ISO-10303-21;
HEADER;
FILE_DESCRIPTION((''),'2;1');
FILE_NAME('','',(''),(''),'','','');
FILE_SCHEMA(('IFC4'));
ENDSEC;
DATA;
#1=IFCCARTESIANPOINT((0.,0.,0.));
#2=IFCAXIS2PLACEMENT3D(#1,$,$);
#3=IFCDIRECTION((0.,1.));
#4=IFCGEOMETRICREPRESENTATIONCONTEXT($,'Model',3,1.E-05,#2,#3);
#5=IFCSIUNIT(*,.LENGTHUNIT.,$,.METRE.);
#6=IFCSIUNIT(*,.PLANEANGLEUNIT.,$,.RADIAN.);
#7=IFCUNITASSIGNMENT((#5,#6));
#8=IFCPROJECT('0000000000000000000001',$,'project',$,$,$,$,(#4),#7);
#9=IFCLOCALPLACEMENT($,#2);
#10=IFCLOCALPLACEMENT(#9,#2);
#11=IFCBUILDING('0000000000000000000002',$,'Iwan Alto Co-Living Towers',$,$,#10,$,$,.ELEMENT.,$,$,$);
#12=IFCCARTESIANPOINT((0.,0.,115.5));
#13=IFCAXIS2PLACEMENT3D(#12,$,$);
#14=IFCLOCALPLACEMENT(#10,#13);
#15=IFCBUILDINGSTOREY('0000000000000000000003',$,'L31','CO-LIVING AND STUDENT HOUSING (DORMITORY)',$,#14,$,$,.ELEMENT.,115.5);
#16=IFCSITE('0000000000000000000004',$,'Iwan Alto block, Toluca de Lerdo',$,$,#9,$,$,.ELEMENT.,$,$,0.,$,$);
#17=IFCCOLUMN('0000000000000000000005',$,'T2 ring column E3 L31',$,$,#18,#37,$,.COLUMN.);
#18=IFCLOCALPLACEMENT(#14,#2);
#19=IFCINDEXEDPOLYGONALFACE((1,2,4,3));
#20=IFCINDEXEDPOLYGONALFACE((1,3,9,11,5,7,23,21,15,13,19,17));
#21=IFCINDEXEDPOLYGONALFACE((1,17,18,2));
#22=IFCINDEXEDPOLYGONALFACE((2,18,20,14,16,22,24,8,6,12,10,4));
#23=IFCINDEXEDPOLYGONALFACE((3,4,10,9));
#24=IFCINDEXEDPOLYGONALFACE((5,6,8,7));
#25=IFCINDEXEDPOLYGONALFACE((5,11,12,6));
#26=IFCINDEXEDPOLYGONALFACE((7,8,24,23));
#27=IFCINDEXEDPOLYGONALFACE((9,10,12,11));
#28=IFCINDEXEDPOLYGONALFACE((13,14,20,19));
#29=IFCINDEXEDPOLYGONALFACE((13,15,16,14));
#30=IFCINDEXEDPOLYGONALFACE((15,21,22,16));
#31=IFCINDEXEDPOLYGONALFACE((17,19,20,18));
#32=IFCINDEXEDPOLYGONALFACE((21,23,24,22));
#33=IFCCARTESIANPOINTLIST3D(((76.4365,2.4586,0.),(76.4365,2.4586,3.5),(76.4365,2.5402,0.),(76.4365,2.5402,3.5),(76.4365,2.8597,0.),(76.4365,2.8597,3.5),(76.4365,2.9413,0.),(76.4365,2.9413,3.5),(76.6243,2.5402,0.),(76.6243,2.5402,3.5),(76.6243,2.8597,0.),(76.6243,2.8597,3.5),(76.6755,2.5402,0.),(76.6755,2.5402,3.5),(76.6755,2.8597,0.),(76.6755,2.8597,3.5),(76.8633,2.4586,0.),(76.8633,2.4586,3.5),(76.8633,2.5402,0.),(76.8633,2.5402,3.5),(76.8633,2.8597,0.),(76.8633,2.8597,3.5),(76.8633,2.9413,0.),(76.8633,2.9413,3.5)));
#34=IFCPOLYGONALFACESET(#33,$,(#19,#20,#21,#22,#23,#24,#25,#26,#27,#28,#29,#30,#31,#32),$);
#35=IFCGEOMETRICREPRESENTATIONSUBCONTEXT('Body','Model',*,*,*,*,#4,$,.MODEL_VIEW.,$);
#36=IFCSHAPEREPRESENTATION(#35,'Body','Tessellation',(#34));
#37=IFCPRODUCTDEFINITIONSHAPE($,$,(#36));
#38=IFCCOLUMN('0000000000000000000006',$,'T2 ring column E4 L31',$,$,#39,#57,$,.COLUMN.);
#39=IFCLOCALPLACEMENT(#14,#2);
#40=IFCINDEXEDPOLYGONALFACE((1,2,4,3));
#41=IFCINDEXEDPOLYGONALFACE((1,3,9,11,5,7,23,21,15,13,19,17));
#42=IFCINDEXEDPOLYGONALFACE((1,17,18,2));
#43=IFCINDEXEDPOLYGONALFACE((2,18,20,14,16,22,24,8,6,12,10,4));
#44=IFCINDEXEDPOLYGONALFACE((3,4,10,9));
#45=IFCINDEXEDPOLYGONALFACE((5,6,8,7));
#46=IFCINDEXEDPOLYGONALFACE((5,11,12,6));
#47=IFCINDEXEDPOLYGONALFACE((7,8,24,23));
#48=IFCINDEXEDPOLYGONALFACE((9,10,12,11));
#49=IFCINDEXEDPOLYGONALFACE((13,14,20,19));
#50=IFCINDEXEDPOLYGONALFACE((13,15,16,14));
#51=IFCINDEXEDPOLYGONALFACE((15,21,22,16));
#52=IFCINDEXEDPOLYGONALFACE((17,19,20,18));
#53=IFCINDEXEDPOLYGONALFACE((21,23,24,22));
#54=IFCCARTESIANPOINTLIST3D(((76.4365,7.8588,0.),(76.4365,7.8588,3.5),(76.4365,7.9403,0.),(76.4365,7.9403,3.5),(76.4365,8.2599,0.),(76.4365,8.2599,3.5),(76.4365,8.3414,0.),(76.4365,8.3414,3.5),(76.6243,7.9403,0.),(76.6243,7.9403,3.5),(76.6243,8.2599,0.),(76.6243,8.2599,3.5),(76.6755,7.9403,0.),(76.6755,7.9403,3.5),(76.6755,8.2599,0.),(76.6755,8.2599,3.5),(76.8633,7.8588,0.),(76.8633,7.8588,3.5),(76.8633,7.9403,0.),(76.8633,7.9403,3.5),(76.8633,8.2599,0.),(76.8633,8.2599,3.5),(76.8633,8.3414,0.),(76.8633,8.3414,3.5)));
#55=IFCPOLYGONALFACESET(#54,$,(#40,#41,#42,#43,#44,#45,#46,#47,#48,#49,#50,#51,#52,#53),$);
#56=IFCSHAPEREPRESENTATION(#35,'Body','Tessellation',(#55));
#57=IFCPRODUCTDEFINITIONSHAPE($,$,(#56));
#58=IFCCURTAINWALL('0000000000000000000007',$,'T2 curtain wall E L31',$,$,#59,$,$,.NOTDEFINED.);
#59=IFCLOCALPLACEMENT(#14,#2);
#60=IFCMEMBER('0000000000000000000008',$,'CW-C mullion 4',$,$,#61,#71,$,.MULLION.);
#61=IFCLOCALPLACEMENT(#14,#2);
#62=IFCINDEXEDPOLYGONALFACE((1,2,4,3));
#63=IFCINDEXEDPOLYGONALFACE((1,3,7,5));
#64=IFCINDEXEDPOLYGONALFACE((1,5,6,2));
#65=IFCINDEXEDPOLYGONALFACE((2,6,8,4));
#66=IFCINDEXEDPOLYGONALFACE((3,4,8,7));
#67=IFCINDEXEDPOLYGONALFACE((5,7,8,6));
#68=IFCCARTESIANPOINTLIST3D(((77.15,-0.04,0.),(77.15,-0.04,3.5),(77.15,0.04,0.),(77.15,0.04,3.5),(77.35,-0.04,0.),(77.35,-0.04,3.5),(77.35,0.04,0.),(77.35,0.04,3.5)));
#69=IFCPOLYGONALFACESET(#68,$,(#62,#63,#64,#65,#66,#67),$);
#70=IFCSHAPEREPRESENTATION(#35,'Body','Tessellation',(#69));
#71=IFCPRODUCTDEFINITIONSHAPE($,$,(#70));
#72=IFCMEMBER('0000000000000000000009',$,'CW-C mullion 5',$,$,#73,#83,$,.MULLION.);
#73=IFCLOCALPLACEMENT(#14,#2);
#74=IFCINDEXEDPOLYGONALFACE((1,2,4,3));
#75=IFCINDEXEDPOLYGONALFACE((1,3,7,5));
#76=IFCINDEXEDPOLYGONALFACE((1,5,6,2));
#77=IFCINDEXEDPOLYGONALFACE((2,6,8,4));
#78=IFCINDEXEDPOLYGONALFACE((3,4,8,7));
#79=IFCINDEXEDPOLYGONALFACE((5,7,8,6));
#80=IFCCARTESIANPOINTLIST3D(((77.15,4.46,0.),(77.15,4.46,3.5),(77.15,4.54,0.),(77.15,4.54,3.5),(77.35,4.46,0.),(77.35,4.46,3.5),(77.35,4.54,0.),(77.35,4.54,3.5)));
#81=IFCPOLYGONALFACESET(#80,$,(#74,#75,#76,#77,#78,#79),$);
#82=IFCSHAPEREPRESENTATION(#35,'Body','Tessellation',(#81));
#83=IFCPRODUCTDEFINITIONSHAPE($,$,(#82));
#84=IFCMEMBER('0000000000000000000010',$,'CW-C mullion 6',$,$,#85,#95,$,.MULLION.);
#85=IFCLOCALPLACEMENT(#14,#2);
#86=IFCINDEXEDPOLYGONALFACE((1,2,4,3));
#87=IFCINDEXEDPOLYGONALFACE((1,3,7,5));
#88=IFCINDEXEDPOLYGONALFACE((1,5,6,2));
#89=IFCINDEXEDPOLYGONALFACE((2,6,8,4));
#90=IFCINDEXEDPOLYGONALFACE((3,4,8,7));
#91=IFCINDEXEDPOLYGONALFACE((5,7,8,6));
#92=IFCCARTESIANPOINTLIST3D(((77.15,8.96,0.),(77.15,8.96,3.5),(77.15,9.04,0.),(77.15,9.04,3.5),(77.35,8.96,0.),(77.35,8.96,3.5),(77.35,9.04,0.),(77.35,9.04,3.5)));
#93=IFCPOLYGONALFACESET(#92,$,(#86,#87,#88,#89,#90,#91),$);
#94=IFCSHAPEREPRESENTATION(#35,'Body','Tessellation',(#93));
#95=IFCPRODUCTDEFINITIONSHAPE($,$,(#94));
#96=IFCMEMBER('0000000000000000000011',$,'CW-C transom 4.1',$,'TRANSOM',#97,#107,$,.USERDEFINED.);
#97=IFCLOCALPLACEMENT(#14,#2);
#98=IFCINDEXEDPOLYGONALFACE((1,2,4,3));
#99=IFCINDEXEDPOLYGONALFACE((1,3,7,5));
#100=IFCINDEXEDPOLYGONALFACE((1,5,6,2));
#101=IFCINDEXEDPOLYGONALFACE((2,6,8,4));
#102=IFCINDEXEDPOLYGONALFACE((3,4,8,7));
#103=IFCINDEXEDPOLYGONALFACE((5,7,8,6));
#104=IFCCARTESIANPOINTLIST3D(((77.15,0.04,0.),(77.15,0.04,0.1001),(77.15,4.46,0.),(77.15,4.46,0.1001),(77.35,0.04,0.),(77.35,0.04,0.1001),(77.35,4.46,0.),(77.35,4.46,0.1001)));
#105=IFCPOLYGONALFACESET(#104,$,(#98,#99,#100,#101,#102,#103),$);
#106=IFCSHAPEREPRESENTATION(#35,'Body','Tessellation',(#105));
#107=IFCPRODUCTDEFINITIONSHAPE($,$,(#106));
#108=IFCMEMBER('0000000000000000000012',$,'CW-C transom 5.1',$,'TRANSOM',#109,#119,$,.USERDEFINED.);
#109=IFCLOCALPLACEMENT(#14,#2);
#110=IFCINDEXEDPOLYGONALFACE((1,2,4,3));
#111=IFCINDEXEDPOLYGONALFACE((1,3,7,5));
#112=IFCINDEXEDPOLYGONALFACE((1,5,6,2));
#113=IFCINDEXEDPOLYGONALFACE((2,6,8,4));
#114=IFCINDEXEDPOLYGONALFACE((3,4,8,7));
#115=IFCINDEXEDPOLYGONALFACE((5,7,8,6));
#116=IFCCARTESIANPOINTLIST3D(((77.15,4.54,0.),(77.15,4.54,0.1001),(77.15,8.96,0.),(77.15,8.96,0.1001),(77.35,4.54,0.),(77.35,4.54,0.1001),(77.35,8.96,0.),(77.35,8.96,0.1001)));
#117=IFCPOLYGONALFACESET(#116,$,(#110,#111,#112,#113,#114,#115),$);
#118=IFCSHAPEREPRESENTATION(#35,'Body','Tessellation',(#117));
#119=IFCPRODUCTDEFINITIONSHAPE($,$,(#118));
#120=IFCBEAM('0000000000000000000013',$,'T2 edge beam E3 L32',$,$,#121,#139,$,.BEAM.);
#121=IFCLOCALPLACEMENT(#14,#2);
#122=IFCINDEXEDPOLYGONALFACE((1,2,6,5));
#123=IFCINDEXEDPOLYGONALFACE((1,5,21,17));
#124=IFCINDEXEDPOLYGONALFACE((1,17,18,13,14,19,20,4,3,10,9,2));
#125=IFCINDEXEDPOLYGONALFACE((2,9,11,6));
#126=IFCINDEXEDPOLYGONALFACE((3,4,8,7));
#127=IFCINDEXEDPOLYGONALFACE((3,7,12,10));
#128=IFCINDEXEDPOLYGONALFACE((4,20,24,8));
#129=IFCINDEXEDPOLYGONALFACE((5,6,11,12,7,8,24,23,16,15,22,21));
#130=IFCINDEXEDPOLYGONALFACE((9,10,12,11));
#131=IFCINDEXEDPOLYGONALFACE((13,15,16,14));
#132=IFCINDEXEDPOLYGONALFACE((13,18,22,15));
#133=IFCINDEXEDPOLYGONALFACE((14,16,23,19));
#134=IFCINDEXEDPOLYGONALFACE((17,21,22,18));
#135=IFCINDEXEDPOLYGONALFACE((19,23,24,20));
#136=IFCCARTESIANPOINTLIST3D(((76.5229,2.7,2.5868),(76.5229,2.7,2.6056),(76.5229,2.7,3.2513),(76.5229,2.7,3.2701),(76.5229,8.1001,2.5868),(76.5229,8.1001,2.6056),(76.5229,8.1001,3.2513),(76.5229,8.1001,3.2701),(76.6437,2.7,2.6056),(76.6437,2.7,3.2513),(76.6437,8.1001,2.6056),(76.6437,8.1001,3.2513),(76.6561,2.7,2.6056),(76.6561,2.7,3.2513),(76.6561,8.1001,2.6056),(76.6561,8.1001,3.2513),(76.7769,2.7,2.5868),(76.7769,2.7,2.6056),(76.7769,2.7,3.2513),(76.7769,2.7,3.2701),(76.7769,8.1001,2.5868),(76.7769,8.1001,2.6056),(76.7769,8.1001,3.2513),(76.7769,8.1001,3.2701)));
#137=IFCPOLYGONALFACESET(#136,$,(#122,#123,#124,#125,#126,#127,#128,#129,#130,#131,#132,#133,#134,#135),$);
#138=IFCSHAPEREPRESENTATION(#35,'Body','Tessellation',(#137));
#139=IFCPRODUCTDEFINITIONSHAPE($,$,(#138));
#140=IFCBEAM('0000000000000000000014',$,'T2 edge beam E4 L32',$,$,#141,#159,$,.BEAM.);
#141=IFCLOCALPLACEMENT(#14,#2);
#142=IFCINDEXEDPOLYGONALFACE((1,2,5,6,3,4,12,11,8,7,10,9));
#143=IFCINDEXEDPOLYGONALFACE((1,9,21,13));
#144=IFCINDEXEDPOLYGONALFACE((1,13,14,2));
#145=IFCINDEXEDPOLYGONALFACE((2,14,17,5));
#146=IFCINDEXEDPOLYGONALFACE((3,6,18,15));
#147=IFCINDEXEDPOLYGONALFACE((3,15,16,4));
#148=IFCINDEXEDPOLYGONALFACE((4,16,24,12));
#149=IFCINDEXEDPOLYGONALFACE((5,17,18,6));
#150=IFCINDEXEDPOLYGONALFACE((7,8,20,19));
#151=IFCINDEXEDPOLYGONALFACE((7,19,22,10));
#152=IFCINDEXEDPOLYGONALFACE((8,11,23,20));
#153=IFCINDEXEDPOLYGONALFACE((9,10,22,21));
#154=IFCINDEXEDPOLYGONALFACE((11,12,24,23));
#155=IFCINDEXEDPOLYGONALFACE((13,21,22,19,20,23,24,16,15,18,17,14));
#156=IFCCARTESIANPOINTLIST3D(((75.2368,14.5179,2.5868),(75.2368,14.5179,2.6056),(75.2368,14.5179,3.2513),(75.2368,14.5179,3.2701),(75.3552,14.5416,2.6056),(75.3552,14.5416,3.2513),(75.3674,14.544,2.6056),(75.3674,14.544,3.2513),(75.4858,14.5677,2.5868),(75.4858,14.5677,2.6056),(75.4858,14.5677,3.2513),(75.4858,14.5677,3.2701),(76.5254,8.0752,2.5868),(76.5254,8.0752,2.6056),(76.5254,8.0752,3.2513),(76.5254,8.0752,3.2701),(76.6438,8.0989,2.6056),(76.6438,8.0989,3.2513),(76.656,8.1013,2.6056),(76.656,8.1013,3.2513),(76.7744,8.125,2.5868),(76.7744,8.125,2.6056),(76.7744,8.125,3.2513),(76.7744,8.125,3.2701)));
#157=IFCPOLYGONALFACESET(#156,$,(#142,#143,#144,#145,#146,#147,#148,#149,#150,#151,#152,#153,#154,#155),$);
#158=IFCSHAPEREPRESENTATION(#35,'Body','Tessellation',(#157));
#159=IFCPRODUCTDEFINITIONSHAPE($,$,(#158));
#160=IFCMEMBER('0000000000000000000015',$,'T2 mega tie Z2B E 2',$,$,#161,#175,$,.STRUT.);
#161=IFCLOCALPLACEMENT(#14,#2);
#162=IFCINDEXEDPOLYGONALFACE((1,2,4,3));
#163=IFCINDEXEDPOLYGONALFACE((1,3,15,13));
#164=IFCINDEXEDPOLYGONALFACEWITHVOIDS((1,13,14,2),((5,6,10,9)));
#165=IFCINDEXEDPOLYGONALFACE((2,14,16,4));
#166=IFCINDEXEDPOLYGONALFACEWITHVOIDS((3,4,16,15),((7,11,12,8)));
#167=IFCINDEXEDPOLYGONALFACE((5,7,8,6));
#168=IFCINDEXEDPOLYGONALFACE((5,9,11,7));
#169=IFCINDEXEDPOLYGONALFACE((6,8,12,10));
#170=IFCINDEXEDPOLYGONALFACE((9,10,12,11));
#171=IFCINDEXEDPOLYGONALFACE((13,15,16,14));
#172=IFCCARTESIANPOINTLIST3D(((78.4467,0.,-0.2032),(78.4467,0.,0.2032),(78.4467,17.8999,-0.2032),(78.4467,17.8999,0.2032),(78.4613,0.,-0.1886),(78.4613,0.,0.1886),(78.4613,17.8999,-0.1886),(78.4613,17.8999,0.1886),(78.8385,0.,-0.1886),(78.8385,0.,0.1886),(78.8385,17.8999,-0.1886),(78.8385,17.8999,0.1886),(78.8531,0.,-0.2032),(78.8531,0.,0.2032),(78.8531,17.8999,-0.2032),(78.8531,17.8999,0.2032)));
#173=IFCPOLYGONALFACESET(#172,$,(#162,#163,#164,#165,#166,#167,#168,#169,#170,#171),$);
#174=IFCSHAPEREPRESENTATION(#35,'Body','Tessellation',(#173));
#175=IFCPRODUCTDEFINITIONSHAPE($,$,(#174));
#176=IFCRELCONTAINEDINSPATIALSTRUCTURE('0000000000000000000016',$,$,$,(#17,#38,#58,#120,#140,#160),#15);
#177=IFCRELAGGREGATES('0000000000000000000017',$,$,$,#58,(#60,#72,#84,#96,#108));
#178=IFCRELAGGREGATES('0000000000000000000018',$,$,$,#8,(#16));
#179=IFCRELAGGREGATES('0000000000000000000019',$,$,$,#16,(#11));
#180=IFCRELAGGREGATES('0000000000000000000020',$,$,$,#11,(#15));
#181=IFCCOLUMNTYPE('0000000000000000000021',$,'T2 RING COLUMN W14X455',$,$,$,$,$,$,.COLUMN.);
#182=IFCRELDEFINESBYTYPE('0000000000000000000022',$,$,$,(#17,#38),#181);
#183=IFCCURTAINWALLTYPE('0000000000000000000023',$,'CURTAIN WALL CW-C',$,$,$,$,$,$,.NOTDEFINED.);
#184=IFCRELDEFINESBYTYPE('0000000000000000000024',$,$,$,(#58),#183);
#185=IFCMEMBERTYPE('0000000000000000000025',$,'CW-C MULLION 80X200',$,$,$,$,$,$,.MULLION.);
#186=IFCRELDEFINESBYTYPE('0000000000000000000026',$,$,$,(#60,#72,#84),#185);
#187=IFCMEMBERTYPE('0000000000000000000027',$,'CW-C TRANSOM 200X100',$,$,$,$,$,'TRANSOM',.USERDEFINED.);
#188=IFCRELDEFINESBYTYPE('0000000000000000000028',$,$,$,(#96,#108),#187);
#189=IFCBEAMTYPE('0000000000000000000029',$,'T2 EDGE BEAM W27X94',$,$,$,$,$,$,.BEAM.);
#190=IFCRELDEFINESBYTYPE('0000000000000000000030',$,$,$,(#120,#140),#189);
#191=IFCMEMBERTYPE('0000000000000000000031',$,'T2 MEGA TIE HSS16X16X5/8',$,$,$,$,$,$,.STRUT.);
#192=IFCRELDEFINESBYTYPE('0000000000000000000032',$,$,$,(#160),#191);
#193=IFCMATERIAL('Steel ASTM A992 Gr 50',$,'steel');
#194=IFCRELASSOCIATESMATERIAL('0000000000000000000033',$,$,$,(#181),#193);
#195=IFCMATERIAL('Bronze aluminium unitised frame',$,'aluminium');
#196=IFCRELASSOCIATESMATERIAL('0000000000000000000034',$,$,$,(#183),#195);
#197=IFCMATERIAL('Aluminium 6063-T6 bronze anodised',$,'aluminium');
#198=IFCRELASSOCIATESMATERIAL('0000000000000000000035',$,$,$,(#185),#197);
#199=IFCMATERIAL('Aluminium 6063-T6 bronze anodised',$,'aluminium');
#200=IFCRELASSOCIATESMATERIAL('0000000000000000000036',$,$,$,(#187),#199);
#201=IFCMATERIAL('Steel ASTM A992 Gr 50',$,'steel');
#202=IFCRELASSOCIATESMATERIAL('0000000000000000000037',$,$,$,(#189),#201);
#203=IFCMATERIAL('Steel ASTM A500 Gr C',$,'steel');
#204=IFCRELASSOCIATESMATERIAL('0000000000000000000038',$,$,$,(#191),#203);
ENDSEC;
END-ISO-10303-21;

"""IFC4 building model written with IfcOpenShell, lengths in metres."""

from ifc_helpers import new_model, si_unit, direction, frame, origin, origin_2d, place, context, subcontext, project, spatial, rectangle, hollow_rectangle, i_section, extrude, material, material_profile, profile_set, type_object, element, aggregate, save


model = new_model("IFC4")

# Units and contexts
model_context = context("Model", 3, precision=1e-05, world=origin(), true_north=direction((0.0, 1.0)))
body_context = subcontext(model_context, "Body", "Model", "MODEL_VIEW")
ifc_project = project(units=[si_unit("LENGTHUNIT", "METRE"), si_unit("PLANEANGLEUNIT", "RADIAN")], contexts=[model_context])

# Site, building, storey
site_placement = place(None, origin())
site = spatial("IfcSite", under=ifc_project, at=site_placement, Name="Iwan Alto block, Toluca de Lerdo", CompositionType="ELEMENT", RefElevation=0.0)
building_placement = place(site_placement, origin())
building = spatial("IfcBuilding", under=site, at=building_placement, Name="Iwan Alto Co-Living Towers", CompositionType="ELEMENT")
storey_placement = place(building_placement, frame((0.0, 0.0, 115.5)))
storey = spatial("IfcBuildingStorey", under=building, at=storey_placement, Name="L31", Description="CO-LIVING AND STUDENT HOUSING (DORMITORY)", CompositionType="ELEMENT", Elevation=115.5)

# Columns
ifc_material_1 = material(Name="Steel ASTM A992 Gr 50", Category="steel")
ifc_material_profile_1 = material_profile(ifc_material_1, i_section(OverallWidth=0.4268, OverallDepth=0.4827, WebThickness=0.0513, FlangeThickness=0.0815, at=origin_2d()), Name="W14X455")
ifc_profile_set_1 = profile_set([ifc_material_profile_1], Name="Steel ASTM A992 Gr 50")
column_type = type_object("IfcColumnType", Name="T2 RING COLUMN W14X455", PredefinedType="COLUMN", material=ifc_profile_set_1)
for number, where, z_axis, x_axis, name in (
    (1, (76.6499, 2.7, 0.0), (0.0, 0.0, 1.0), (1.0, 0.0, 0.0), "T2 ring column E3 L31"),
    (2, (76.6499, 8.1001, 0.0), (0.0, 0.0, 1.0), (1.0, 0.0, 0.0), "T2 ring column E4 L31"),
):
    element("IfcColumn", number, at=place(storey_placement, frame(where, z_axis=z_axis, x_axis=x_axis)), inside=storey, type_object=column_type, Name=name, PredefinedType="COLUMN", context=body_context, shape_type="SweptSolid", body=[
        extrude(i_section(OverallWidth=0.4268, OverallDepth=0.4827, WebThickness=0.0513, FlangeThickness=0.0815, at=origin_2d()), origin(), (0.0, 0.0, 1.0), 3.5),
    ])

# Curtain wall, members
ifc_material_2 = material(Name="Bronze aluminium unitised frame", Category="aluminium")
curtain_wall_type = type_object("IfcCurtainWallType", Name="CURTAIN WALL CW-C", PredefinedType="NOTDEFINED", material=ifc_material_2)
curtain_wall_placement = place(storey_placement, origin())
curtain_wall = element("IfcCurtainWall", 3, at=curtain_wall_placement, inside=storey, type_object=curtain_wall_type, Name="T2 curtain wall E L31", PredefinedType="NOTDEFINED")
ifc_material_3 = material(Name="Aluminium 6063-T6 bronze anodised", Category="aluminium")
ifc_material_profile_2 = material_profile(ifc_material_3, rectangle(XDim=0.2, YDim=0.0801, at=origin_2d()), Name="AL 80X200")
ifc_profile_set_2 = profile_set([ifc_material_profile_2], Name="Aluminium 6063-T6 bronze anodised")
member_type_1 = type_object("IfcMemberType", Name="CW-C MULLION 80X200", PredefinedType="MULLION", material=ifc_profile_set_2)
member_1_placement = place(storey_placement, frame((77.25, 0.0, 0.0), z_axis=(0.0, 0.0, 1.0), x_axis=(-1.0, 0.0, 0.0)))
member_1 = element("IfcMember", 4, at=member_1_placement, type_object=member_type_1, Name="CW-C mullion 4", PredefinedType="MULLION", context=body_context, shape_type="SweptSolid", body=[
    extrude(rectangle(XDim=0.2, YDim=0.0801, at=origin_2d()), origin(), (0.0, 0.0, 1.0), 3.5),
])
member_2_placement = place(storey_placement, frame((77.25, 4.5, 0.0), z_axis=(0.0, 0.0, 1.0), x_axis=(-1.0, 0.0, 0.0)))
member_2 = element("IfcMember", 5, at=member_2_placement, type_object=member_type_1, Name="CW-C mullion 5", PredefinedType="MULLION", context=body_context, shape_type="SweptSolid", body=[
    extrude(rectangle(XDim=0.2, YDim=0.0801, at=origin_2d()), origin(), (0.0, 0.0, 1.0), 3.5),
])
member_3_placement = place(storey_placement, frame((77.25, 9.0, 0.0), z_axis=(0.0, 0.0, 1.0), x_axis=(-1.0, 0.0, 0.0)))
member_3 = element("IfcMember", 6, at=member_3_placement, type_object=member_type_1, Name="CW-C mullion 6", PredefinedType="MULLION", context=body_context, shape_type="SweptSolid", body=[
    extrude(rectangle(XDim=0.2, YDim=0.0801, at=origin_2d()), origin(), (0.0, 0.0, 1.0), 3.5),
])
ifc_material_4 = material(Name="Aluminium 6063-T6 bronze anodised", Category="aluminium")
ifc_material_profile_3 = material_profile(ifc_material_4, rectangle(XDim=0.2, YDim=0.1001, at=origin_2d()), Name="AL 200X100")
ifc_profile_set_3 = profile_set([ifc_material_profile_3], Name="Aluminium 6063-T6 bronze anodised")
member_type_2 = type_object("IfcMemberType", Name="CW-C TRANSOM 200X100", ElementType="TRANSOM", PredefinedType="USERDEFINED", material=ifc_profile_set_3)
member_4_placement = place(storey_placement, frame((77.25, 0.04, 0.05), z_axis=(0.0, 1.0, 0.0), x_axis=(-1.0, 0.0, 0.0)))
member_4 = element("IfcMember", 7, at=member_4_placement, type_object=member_type_2, Name="CW-C transom 4.1", ObjectType="TRANSOM", PredefinedType="USERDEFINED", context=body_context, shape_type="SweptSolid", body=[
    extrude(rectangle(XDim=0.2, YDim=0.1001, at=origin_2d()), origin(), (0.0, 0.0, 1.0), 4.4199),
])
member_5_placement = place(storey_placement, frame((77.25, 4.54, 0.05), z_axis=(0.0, 1.0, 0.0), x_axis=(-1.0, 0.0, 0.0)))
member_5 = element("IfcMember", 8, at=member_5_placement, type_object=member_type_2, Name="CW-C transom 5.1", ObjectType="TRANSOM", PredefinedType="USERDEFINED", context=body_context, shape_type="SweptSolid", body=[
    extrude(rectangle(XDim=0.2, YDim=0.1001, at=origin_2d()), origin(), (0.0, 0.0, 1.0), 4.4199),
])

# Beams
ifc_material_5 = material(Name="Steel ASTM A992 Gr 50", Category="steel")
ifc_material_profile_4 = material_profile(ifc_material_5, i_section(OverallWidth=0.2539, OverallDepth=0.6833, WebThickness=0.0125, FlangeThickness=0.0188, at=origin_2d()), Name="W27X94")
ifc_profile_set_4 = profile_set([ifc_material_profile_4], Name="Steel ASTM A992 Gr 50")
beam_type_1 = type_object("IfcBeamType", Name="T2 EDGE BEAM W27X94", PredefinedType="BEAM", material=ifc_profile_set_4)
beam_1_placement = place(storey_placement, frame((76.6499, 2.7, 2.9285), z_axis=(0.0, 1.0, 0.0), x_axis=(-1.0, 0.0, 0.0)))
element("IfcBeam", 9, at=beam_1_placement, inside=storey, type_object=beam_type_1, Name="T2 edge beam E3 L32", PredefinedType="BEAM", context=body_context, shape_type="SweptSolid", body=[
    extrude(i_section(OverallWidth=0.2539, OverallDepth=0.6833, WebThickness=0.0125, FlangeThickness=0.0188, at=origin_2d()), origin(), (0.0, 0.0, 1.0), 5.4001),
])
beam_2_placement = place(storey_placement, frame((76.6499, 8.1001, 2.9285), z_axis=(-0.196123, 0.980579, 0.0), x_axis=(-0.980579, -0.196123, 0.0)))
element("IfcBeam", 10, at=beam_2_placement, inside=storey, type_object=beam_type_1, Name="T2 edge beam E4 L32", PredefinedType="BEAM", context=body_context, shape_type="SweptSolid", body=[
    extrude(i_section(OverallWidth=0.2539, OverallDepth=0.6833, WebThickness=0.0125, FlangeThickness=0.0188, at=origin_2d()), origin(), (0.0, 0.0, 1.0), 6.5703),
])

# Member
ifc_material_6 = material(Name="Steel ASTM A500 Gr C", Category="steel")
ifc_material_profile_5 = material_profile(ifc_material_6, hollow_rectangle(XDim=0.4065, YDim=0.4065, WallThickness=0.0146, at=origin_2d()), Name="HSS16X16X5/8")
ifc_profile_set_5 = profile_set([ifc_material_profile_5], Name="Steel ASTM A500 Gr C")
member_type_3 = type_object("IfcMemberType", Name="T2 MEGA TIE HSS16X16X5/8", PredefinedType="STRUT", material=ifc_profile_set_5)
member_6_placement = place(storey_placement, frame((78.6499, 0.0, 0.0), z_axis=(0.0, 1.0, 0.0), x_axis=(-1.0, 0.0, 0.0)))
element("IfcMember", 11, at=member_6_placement, inside=storey, type_object=member_type_3, Name="T2 mega tie Z2B E 2", PredefinedType="STRUT", context=body_context, shape_type="SweptSolid", body=[
    extrude(hollow_rectangle(XDim=0.4065, YDim=0.4065, WallThickness=0.0146, at=origin_2d()), origin(), (0.0, 0.0, 1.0), 17.8999),
])

aggregate(curtain_wall, [member_1, member_2, member_3, member_4, member_5])

save(model, "model.ifc")
